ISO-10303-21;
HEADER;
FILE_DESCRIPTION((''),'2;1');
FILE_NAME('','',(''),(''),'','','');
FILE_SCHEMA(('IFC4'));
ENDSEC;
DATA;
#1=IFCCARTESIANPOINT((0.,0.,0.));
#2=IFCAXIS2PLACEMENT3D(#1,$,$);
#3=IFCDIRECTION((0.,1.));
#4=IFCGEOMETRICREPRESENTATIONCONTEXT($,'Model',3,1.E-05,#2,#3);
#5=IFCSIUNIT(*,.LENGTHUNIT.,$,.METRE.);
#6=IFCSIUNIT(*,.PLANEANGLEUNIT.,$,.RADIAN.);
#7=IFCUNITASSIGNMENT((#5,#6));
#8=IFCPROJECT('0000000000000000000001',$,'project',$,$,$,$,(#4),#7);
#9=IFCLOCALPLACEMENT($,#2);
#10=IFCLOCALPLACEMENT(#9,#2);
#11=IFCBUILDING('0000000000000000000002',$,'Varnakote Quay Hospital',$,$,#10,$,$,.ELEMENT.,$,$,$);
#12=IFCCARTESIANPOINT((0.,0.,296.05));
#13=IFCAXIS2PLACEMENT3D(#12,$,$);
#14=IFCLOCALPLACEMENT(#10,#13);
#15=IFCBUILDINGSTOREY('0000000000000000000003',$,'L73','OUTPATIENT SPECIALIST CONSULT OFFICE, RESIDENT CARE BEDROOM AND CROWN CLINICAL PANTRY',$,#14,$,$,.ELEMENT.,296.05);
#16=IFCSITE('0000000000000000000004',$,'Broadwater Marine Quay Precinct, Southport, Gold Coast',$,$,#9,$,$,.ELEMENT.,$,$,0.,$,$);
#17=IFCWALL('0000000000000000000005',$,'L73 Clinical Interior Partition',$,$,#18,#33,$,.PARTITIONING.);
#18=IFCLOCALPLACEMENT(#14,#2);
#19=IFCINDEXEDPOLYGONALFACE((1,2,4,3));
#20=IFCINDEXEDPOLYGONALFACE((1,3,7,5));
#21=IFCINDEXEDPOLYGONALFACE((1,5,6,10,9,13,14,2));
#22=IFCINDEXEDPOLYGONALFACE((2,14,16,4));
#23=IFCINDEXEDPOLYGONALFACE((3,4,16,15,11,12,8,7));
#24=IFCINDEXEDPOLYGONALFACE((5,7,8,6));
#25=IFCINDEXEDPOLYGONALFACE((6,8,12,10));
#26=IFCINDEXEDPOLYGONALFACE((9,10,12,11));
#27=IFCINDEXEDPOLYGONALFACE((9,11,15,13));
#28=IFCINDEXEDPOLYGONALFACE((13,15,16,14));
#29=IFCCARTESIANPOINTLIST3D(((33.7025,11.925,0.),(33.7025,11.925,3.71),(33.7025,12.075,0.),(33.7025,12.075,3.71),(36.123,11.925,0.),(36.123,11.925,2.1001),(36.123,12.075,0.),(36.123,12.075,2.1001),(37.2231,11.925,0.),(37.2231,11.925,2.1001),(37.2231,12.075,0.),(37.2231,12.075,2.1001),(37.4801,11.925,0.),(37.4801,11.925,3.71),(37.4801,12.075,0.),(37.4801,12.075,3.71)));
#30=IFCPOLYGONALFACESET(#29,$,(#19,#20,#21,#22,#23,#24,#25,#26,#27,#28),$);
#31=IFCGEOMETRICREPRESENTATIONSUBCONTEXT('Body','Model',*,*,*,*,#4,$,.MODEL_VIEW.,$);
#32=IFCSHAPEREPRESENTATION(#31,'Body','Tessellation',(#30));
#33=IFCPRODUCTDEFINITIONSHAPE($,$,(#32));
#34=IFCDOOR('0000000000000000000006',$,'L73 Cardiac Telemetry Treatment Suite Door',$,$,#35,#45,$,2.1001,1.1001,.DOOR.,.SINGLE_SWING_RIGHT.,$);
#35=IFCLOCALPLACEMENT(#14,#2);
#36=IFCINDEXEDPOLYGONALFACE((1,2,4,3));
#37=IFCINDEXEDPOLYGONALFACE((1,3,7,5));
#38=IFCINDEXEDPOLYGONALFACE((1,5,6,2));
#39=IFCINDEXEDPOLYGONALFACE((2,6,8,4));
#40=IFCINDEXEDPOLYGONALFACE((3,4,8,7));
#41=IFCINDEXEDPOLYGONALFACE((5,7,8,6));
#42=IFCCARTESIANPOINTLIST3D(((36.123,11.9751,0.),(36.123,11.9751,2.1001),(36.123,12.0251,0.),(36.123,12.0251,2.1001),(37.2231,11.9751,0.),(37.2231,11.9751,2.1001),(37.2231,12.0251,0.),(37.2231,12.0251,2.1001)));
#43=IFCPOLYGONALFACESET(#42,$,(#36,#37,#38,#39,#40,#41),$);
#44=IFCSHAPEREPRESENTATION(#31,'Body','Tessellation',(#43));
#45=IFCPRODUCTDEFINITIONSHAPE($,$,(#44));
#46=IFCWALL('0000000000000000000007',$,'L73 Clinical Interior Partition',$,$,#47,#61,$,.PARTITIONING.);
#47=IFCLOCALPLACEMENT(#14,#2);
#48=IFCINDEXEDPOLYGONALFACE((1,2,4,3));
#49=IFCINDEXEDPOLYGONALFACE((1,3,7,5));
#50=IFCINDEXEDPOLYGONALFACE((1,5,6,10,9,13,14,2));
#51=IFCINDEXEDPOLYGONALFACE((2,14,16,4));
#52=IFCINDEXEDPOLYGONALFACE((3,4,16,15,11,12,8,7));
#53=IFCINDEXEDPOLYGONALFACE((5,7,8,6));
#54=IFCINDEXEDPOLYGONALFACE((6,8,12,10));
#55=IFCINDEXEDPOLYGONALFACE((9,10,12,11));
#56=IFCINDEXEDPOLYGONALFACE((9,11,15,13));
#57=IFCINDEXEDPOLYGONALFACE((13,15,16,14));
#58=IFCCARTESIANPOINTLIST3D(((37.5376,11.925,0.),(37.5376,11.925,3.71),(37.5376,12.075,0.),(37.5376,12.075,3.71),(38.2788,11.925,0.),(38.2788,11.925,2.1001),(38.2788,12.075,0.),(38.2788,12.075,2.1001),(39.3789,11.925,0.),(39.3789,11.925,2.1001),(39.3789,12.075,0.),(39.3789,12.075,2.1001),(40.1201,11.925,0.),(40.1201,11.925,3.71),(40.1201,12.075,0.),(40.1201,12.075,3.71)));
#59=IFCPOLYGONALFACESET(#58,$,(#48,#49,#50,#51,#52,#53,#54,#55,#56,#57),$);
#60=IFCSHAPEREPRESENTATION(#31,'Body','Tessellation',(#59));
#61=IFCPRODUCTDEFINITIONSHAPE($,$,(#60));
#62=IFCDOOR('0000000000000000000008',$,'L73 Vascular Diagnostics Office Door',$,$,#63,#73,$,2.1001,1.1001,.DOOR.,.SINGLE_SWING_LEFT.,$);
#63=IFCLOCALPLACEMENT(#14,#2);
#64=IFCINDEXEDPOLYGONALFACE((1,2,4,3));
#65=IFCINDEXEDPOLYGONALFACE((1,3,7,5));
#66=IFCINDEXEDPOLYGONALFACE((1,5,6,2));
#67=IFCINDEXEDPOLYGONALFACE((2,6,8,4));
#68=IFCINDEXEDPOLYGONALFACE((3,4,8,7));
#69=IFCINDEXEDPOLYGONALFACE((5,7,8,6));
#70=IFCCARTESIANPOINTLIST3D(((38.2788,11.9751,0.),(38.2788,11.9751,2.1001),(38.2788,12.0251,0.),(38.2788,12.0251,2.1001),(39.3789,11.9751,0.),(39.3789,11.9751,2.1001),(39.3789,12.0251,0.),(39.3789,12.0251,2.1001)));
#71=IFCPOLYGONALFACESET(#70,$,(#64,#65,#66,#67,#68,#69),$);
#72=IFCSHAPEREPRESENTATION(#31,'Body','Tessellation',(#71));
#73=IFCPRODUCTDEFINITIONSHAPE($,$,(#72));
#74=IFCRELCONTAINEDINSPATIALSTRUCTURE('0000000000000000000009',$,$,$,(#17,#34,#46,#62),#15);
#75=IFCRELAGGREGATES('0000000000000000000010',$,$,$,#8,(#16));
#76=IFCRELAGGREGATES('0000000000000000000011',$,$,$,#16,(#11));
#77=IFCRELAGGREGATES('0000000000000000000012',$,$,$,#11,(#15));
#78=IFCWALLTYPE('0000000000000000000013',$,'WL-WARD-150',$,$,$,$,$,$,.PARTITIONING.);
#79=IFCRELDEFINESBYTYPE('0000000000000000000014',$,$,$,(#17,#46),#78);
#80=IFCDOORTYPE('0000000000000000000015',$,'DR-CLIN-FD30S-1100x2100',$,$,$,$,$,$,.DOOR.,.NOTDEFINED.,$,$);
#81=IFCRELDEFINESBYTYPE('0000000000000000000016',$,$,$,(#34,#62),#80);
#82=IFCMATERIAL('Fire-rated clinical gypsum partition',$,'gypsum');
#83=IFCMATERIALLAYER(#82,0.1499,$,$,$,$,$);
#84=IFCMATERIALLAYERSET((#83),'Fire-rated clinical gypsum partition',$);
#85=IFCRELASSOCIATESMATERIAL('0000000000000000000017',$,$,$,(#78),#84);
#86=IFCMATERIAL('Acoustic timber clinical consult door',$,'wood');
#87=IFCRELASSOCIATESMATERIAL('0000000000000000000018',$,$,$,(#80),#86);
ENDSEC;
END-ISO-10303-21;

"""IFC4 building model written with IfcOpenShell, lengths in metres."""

from ifc_helpers import new_model, si_unit, direction, frame, frame_2d, origin, place, context, subcontext, project, spatial, rectangle, extrude, material, layer, layer_set, type_object, element, fill, save


model = new_model("IFC4")

# Units and contexts
model_context = context("Model", 3, precision=1e-05, world=origin(), true_north=direction((0.0, 1.0)))
body_context = subcontext(model_context, "Body", "Model", "MODEL_VIEW")
ifc_project = project(units=[si_unit("LENGTHUNIT", "METRE"), si_unit("PLANEANGLEUNIT", "RADIAN")], contexts=[model_context])

# Site, building, storey
site_placement = place(None, origin())
site = spatial("IfcSite", under=ifc_project, at=site_placement, Name="Broadwater Marine Quay Precinct, Southport, Gold Coast", CompositionType="ELEMENT", RefElevation=0.0)
building_placement = place(site_placement, origin())
building = spatial("IfcBuilding", under=site, at=building_placement, Name="Varnakote Quay Hospital", CompositionType="ELEMENT")
storey_placement = place(building_placement, frame((0.0, 0.0, 296.05)))
storey = spatial("IfcBuildingStorey", under=building, at=storey_placement, Name="L73", Description="OUTPATIENT SPECIALIST CONSULT OFFICE, RESIDENT CARE BEDROOM AND CROWN CLINICAL PANTRY", CompositionType="ELEMENT", Elevation=296.05)

# Walls, openings, doors
ifc_material_1 = material(Name="Fire-rated clinical gypsum partition", Category="gypsum")
ifc_layer_1 = layer(ifc_material_1, 0.1499)
ifc_layer_set_1 = layer_set([ifc_layer_1], Name="Fire-rated clinical gypsum partition")
wall_type_1 = type_object("IfcWallType", Name="WL-WARD-150", PredefinedType="PARTITIONING", material=ifc_layer_set_1)
ifc_material_2 = material(Name="Acoustic timber clinical consult door", Category="wood")
door_type_1 = type_object("IfcDoorType", Name="DR-CLIN-FD30S-1100x2100", OperationType="NOTDEFINED", PredefinedType="DOOR", material=ifc_material_2)
wall_1_placement = place(storey_placement, frame((37.48, 12.0, 0.0), z_axis=(0.0, 0.0, 1.0), x_axis=(-1.0, 0.0, 0.0)))
wall_1 = element("IfcWall", 1, at=wall_1_placement, inside=storey, type_object=wall_type_1, Name="L73 Clinical Interior Partition", PredefinedType="PARTITIONING", context=body_context, shape_type="SweptSolid", body=[
    extrude(rectangle(XDim=3.7776, YDim=0.1499, at=frame_2d((1.8887, 0.0))), origin(), (0.0, 0.0, 1.0), 3.71),
])
opening_1_placement = place(wall_1_placement, frame((0.2568, 0.0, 0.0)))
opening_1 = element("IfcOpeningElement", 2, at=opening_1_placement, cuts=wall_1, PredefinedType="OPENING", context=body_context, shape_type="SweptSolid", body=[
    extrude(rectangle(XDim=1.1001, YDim=2.1001, at=frame_2d((0.55, 1.05))), frame((0.0, 0.085, 0.0), z_axis=(0.0, -1.0, 0.0), x_axis=(1.0, 0.0, 0.0)), (0.0, 0.0, 1.0), 0.1699),
])
door_1_placement = place(opening_1_placement, origin())
door_1 = element("IfcDoor", 3, at=door_1_placement, inside=storey, type_object=door_type_1, Name="L73 Cardiac Telemetry Treatment Suite Door", OperationType="SINGLE_SWING_RIGHT", OverallHeight=2.1001, OverallWidth=1.1001, PredefinedType="DOOR", context=body_context, shape_type="SweptSolid", body=[
    extrude(rectangle(XDim=1.1001, YDim=2.1001, at=frame_2d((0.55, 1.05))), frame((0.0, 0.0249, 0.0), z_axis=(0.0, -1.0, 0.0), x_axis=(1.0, 0.0, 0.0)), (0.0, 0.0, 1.0), 0.05),
])
fill(opening_1, door_1)
wall_2_placement = place(storey_placement, frame((40.1201, 12.0, 0.0), z_axis=(0.0, 0.0, 1.0), x_axis=(-1.0, 0.0, 0.0)))
wall_2 = element("IfcWall", 4, at=wall_2_placement, inside=storey, type_object=wall_type_1, Name="L73 Clinical Interior Partition", PredefinedType="PARTITIONING", context=body_context, shape_type="SweptSolid", body=[
    extrude(rectangle(XDim=2.5825, YDim=0.1499, at=frame_2d((1.2913, 0.0))), origin(), (0.0, 0.0, 1.0), 3.71),
])
opening_2_placement = place(wall_2_placement, frame((0.7412, 0.0, 0.0)))
opening_2 = element("IfcOpeningElement", 5, at=opening_2_placement, cuts=wall_2, PredefinedType="OPENING", context=body_context, shape_type="SweptSolid", body=[
    extrude(rectangle(XDim=1.1001, YDim=2.1001, at=frame_2d((0.55, 1.05))), frame((0.0, 0.085, 0.0), z_axis=(0.0, -1.0, 0.0), x_axis=(1.0, 0.0, 0.0)), (0.0, 0.0, 1.0), 0.1699),
])
door_2_placement = place(opening_2_placement, origin())
door_2 = element("IfcDoor", 6, at=door_2_placement, inside=storey, type_object=door_type_1, Name="L73 Vascular Diagnostics Office Door", OperationType="SINGLE_SWING_LEFT", OverallHeight=2.1001, OverallWidth=1.1001, PredefinedType="DOOR", context=body_context, shape_type="SweptSolid", body=[
    extrude(rectangle(XDim=1.1001, YDim=2.1001, at=frame_2d((0.55, 1.05))), frame((0.0, 0.0249, 0.0), z_axis=(0.0, -1.0, 0.0), x_axis=(1.0, 0.0, 0.0)), (0.0, 0.0, 1.0), 0.05),
])
fill(opening_2, door_2)

save(model, "model.ifc")
